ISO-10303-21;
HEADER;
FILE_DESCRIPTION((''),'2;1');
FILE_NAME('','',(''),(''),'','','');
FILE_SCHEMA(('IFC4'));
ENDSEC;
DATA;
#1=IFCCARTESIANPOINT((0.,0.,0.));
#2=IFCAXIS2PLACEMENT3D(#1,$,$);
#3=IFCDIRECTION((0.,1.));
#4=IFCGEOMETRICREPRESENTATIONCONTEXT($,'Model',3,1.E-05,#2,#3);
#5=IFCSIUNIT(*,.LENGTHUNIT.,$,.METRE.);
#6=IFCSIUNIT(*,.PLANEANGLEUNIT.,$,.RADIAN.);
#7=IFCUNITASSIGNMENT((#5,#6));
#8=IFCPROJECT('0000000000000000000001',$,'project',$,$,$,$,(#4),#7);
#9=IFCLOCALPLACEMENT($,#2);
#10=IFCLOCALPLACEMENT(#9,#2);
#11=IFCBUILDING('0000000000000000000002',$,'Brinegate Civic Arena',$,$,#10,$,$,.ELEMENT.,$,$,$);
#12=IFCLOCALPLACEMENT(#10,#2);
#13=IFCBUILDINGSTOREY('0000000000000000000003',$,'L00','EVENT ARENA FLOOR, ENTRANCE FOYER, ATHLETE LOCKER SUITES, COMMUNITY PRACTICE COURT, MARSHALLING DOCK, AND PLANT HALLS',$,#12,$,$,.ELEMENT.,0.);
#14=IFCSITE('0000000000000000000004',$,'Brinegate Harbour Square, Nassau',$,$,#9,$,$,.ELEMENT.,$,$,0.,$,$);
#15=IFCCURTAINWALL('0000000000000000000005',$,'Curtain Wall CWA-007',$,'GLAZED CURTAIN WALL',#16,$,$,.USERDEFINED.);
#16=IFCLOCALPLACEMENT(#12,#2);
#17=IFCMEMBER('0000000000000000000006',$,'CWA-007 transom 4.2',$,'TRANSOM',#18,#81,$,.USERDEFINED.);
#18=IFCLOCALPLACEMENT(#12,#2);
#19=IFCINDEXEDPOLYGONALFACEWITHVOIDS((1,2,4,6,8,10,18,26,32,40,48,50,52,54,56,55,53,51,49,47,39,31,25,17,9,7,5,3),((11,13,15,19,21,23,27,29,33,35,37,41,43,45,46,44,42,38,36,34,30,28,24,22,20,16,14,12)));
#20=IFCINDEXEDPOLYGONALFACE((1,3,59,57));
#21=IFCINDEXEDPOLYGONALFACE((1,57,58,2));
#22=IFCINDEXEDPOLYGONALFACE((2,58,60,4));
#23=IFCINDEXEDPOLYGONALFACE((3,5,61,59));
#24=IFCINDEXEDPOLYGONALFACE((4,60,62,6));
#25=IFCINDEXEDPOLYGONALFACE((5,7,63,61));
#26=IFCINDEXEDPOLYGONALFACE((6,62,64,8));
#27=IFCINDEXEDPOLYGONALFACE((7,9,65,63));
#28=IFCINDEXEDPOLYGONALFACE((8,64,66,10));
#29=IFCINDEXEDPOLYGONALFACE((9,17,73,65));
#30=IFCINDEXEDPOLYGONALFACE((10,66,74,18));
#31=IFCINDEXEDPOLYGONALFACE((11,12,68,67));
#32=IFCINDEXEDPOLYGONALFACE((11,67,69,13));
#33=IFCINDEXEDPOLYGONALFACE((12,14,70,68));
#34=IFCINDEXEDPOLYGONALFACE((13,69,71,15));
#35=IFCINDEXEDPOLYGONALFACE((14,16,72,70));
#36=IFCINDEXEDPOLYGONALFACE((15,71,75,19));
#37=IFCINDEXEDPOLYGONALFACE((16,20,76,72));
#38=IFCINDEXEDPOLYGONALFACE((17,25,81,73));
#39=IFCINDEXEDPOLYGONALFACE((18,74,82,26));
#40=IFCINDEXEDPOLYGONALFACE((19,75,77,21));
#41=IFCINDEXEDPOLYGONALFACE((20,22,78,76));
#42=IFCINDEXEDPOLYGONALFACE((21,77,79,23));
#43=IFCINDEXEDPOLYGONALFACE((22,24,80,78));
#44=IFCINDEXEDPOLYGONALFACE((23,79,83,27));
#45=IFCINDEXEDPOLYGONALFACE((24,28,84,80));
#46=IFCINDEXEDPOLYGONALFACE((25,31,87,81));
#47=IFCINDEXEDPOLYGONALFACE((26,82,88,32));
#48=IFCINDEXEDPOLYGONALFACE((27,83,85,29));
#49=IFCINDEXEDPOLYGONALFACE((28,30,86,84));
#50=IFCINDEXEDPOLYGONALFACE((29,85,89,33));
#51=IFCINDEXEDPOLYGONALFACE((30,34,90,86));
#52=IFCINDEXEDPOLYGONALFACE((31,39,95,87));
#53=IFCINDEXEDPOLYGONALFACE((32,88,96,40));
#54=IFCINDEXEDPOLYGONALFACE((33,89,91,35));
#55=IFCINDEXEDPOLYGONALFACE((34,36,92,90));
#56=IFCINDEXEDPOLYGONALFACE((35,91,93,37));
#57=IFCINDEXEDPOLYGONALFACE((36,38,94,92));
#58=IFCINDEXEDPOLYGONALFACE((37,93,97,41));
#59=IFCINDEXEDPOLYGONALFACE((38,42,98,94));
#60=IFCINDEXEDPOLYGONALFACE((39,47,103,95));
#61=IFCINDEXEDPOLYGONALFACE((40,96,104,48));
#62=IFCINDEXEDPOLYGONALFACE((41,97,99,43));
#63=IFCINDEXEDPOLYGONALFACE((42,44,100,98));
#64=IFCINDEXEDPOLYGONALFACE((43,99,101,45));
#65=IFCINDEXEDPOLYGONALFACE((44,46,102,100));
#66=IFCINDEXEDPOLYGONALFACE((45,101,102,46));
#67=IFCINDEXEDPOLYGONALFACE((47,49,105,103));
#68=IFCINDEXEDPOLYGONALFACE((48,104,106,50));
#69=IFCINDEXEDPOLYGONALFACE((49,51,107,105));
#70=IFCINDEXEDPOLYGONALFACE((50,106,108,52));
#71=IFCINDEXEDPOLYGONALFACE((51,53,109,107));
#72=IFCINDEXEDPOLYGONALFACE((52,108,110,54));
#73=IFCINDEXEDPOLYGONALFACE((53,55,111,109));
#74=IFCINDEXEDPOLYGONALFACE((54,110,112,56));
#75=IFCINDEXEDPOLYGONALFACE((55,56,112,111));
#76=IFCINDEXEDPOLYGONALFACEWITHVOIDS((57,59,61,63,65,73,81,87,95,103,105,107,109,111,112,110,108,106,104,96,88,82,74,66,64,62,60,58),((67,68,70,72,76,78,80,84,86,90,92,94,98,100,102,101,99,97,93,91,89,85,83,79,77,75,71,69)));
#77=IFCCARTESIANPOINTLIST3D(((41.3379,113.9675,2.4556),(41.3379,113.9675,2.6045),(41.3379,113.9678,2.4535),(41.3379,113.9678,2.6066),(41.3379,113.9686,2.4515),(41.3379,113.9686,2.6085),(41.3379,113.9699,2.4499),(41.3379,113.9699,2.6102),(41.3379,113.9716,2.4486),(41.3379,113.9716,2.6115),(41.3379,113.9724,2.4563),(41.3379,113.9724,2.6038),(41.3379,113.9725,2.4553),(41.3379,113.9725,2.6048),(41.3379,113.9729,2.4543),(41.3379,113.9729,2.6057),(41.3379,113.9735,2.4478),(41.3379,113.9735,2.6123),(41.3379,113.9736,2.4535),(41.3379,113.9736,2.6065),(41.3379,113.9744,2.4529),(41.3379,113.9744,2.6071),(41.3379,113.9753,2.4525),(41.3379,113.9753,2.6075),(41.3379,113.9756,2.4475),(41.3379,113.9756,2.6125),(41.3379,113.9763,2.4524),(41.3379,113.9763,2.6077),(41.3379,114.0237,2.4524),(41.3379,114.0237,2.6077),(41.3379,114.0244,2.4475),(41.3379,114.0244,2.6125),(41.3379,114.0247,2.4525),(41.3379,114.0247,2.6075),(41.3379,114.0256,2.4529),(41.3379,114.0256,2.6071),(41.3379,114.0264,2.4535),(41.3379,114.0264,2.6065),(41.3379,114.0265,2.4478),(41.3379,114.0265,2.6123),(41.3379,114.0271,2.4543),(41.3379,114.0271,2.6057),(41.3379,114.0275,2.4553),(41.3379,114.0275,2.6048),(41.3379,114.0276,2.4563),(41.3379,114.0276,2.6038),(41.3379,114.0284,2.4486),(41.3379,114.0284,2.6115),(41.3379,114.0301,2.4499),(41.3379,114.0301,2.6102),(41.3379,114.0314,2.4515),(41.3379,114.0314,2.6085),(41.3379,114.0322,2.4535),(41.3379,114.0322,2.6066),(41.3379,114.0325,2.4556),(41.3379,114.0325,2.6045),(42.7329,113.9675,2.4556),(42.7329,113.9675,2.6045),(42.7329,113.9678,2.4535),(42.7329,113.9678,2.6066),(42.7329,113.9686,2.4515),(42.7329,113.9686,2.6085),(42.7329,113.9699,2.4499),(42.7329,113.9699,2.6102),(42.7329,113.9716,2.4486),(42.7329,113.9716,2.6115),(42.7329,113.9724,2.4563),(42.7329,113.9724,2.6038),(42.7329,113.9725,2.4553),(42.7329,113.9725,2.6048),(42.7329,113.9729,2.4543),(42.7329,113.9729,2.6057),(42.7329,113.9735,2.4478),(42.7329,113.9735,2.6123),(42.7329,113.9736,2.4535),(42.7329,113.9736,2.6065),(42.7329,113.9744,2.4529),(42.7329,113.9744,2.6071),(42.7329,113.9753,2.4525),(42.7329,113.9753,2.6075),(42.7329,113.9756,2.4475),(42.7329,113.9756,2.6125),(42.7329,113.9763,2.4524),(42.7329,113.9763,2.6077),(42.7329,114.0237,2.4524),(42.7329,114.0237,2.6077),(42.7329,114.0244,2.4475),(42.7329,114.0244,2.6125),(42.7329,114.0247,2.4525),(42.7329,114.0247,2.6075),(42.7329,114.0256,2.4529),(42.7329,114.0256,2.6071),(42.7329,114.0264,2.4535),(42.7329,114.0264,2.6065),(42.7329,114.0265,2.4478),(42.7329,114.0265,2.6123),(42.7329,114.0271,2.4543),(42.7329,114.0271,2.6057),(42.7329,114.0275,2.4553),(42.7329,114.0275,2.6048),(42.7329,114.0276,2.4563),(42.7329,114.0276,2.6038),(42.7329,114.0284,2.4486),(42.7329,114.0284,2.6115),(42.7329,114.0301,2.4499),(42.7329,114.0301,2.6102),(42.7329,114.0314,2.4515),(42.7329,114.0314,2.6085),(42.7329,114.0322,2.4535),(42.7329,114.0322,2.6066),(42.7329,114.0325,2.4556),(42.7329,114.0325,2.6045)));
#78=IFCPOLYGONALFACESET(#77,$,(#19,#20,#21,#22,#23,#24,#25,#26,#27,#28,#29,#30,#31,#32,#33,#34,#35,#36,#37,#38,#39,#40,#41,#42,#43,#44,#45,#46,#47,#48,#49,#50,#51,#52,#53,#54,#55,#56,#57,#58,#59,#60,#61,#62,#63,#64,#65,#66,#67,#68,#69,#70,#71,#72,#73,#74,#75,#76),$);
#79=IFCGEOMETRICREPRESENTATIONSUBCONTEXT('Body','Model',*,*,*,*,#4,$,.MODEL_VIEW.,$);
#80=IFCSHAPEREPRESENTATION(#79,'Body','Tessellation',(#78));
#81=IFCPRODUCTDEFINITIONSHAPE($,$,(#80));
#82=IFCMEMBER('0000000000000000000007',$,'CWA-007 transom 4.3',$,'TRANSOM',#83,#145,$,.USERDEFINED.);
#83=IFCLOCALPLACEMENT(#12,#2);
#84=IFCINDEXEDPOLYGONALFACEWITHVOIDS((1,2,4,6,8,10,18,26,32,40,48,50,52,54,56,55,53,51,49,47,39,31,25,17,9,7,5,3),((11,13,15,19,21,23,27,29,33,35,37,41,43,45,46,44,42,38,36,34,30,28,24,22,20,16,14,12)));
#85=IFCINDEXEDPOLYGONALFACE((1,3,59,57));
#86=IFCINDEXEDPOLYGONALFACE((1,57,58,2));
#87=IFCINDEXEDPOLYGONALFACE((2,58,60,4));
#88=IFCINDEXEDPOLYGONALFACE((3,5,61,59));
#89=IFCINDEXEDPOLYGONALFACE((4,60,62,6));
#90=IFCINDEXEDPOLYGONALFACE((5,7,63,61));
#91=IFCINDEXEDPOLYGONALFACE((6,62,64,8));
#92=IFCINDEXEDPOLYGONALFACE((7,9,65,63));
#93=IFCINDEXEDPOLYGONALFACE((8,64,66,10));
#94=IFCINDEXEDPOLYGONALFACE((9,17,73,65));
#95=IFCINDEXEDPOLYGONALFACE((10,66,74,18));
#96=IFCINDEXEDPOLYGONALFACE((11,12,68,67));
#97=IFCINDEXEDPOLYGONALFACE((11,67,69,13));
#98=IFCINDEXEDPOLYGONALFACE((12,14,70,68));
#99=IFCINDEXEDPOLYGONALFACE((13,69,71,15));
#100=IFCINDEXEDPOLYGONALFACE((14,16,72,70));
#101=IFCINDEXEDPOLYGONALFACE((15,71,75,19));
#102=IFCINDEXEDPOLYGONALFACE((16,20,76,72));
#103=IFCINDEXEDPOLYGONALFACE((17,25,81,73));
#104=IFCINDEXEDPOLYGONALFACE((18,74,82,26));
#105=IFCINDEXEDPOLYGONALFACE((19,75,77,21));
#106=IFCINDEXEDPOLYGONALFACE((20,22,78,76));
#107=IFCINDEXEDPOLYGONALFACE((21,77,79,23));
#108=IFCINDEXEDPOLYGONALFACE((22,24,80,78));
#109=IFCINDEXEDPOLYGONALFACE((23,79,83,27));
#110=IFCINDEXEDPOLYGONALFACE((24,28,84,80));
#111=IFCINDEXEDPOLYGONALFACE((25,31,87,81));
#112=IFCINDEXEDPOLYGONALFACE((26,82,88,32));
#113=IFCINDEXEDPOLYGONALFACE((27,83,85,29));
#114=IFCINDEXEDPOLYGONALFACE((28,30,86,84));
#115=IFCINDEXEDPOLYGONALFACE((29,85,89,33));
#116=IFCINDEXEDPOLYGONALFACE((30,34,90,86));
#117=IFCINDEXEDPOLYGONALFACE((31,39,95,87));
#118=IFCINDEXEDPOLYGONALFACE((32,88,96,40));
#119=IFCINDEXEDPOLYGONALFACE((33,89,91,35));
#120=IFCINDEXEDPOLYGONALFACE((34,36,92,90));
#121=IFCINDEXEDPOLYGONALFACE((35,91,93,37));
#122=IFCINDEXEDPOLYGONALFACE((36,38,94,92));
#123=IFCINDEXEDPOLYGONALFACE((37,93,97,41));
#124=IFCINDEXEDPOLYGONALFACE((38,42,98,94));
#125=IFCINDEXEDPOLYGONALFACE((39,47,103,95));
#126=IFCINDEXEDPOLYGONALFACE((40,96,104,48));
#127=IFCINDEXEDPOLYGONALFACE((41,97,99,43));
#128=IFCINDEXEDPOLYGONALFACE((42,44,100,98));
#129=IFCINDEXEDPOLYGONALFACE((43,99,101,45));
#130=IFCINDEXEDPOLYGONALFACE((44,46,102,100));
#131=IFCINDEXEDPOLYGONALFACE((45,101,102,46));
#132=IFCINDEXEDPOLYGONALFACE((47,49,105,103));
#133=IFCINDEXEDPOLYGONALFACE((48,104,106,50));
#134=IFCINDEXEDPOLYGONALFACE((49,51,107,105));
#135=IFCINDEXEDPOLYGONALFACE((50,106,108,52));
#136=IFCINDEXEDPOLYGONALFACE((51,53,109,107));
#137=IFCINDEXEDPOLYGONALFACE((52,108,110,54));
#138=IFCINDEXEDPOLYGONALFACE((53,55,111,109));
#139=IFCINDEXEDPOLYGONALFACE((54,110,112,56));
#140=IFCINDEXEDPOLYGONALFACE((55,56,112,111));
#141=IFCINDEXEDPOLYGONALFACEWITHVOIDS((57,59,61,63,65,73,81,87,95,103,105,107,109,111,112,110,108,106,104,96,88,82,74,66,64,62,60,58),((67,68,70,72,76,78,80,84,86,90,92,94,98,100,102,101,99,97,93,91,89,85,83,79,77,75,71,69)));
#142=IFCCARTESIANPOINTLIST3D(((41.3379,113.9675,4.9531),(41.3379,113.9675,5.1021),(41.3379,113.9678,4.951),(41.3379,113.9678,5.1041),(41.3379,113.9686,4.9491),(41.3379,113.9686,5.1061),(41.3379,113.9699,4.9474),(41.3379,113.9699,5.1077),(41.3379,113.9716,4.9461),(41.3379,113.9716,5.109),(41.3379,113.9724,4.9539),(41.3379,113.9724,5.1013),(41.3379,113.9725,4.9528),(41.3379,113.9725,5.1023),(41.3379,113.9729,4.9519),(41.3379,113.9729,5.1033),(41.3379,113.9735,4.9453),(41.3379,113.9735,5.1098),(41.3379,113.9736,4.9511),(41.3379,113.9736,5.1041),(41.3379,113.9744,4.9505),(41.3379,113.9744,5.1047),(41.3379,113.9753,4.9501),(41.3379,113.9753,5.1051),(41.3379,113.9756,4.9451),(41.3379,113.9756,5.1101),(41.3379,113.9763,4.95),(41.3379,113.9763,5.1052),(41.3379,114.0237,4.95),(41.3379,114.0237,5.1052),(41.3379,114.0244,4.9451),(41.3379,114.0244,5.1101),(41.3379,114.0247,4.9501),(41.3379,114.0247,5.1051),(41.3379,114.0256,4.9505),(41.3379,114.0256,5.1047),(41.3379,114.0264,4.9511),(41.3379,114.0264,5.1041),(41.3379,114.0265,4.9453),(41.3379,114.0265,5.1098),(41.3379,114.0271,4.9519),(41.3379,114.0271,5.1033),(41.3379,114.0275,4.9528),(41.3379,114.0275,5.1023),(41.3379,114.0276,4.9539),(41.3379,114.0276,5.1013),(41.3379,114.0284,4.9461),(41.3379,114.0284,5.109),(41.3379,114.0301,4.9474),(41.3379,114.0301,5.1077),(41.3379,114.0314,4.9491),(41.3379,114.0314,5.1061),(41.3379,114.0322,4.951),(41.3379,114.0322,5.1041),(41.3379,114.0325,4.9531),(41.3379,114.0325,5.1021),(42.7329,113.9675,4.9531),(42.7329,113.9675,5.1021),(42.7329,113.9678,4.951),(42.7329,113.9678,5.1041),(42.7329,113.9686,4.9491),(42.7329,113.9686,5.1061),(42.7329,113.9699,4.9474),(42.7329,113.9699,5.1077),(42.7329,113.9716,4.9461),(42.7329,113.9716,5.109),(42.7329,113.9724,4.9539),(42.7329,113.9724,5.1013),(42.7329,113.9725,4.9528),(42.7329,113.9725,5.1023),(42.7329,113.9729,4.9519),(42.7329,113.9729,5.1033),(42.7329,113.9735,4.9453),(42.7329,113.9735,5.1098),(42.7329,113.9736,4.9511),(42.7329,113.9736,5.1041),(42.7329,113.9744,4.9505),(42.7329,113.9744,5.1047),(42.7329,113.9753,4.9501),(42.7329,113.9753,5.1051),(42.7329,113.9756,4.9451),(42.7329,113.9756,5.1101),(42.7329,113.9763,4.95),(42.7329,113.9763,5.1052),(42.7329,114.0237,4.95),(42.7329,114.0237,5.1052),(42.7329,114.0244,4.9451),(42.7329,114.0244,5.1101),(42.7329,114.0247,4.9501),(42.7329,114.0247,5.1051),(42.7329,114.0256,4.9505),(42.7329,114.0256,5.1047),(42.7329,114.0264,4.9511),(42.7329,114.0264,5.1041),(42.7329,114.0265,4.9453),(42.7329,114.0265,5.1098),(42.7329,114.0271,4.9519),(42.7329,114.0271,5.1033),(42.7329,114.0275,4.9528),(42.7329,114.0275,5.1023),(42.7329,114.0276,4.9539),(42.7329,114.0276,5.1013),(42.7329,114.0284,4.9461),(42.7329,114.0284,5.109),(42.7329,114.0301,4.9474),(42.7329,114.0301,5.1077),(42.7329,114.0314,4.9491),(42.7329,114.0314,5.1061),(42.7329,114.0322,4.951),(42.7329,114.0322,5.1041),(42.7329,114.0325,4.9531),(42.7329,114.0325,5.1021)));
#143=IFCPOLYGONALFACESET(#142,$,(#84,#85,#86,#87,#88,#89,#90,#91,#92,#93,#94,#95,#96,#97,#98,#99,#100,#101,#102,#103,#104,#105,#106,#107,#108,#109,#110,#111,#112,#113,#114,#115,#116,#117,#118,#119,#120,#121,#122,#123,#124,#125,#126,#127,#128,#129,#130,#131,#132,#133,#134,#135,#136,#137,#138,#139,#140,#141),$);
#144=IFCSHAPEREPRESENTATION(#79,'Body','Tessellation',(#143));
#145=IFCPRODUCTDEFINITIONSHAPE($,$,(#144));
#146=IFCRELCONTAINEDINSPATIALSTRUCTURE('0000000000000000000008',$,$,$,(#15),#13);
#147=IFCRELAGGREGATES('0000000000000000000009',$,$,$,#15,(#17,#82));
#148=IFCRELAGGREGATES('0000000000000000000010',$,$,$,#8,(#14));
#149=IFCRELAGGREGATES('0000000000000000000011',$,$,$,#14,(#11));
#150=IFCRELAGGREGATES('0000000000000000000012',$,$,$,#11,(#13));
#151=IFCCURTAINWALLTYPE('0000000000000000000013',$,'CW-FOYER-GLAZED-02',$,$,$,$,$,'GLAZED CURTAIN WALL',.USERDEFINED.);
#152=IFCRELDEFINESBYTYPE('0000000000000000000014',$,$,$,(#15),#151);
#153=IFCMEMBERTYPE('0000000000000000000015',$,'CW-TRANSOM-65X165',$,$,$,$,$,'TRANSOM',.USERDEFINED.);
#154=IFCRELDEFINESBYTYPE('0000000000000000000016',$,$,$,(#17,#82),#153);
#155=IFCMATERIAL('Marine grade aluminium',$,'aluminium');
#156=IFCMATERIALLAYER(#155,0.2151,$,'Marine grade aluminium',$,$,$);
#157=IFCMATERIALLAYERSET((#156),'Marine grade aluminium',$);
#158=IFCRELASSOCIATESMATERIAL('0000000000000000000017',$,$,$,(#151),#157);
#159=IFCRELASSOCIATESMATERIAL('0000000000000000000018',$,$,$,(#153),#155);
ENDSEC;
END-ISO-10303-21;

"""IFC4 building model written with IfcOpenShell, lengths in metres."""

from ifc_helpers import new_model, si_unit, direction, frame, origin, origin_2d, place, context, subcontext, project, spatial, hollow_rectangle, extrude, material, layer, layer_set, material_profile, profile_set, type_object, element, aggregate, save


model = new_model("IFC4")

# Units and contexts
model_context = context("Model", 3, precision=1e-05, world=origin(), true_north=direction((0.0, 1.0)))
body_context = subcontext(model_context, "Body", "Model", "MODEL_VIEW")
ifc_project = project(units=[si_unit("LENGTHUNIT", "METRE"), si_unit("PLANEANGLEUNIT", "RADIAN")], contexts=[model_context])

# Site, building, storey
site_placement = place(None, origin())
site = spatial("IfcSite", under=ifc_project, at=site_placement, Name="Brinegate Harbour Square, Nassau", CompositionType="ELEMENT", RefElevation=0.0)
building_placement = place(site_placement, origin())
building = spatial("IfcBuilding", under=site, at=building_placement, Name="Brinegate Civic Arena", CompositionType="ELEMENT")
storey_placement = place(building_placement, origin())
storey = spatial("IfcBuildingStorey", under=building, at=storey_placement, Name="L00", Description="EVENT ARENA FLOOR, ENTRANCE FOYER, ATHLETE LOCKER SUITES, COMMUNITY PRACTICE COURT, MARSHALLING DOCK, AND PLANT HALLS", CompositionType="ELEMENT", Elevation=0.0)

# Curtain wall, members
ifc_material_1 = material(Name="Marine grade aluminium", Category="aluminium")
ifc_layer_1 = layer(ifc_material_1, 0.2151, Name="Marine grade aluminium")
ifc_layer_set_1 = layer_set([ifc_layer_1], Name="Marine grade aluminium")
curtain_wall_type = type_object("IfcCurtainWallType", Name="CW-FOYER-GLAZED-02", ElementType="GLAZED CURTAIN WALL", PredefinedType="USERDEFINED", material=ifc_layer_set_1)
curtain_wall_placement = place(storey_placement, origin())
curtain_wall = element("IfcCurtainWall", 1, at=curtain_wall_placement, inside=storey, type_object=curtain_wall_type, Name="Curtain Wall CWA-007", ObjectType="GLAZED CURTAIN WALL", PredefinedType="USERDEFINED")
ifc_material_profile_1 = material_profile(ifc_material_1, hollow_rectangle(XDim=0.0649, YDim=0.165, WallThickness=0.0049, InnerFilletRadius=0.0039, OuterFilletRadius=0.0081, at=origin_2d()), Name="TRN65X165")
ifc_profile_set_1 = profile_set([ifc_material_profile_1], Name="Marine grade aluminium")
member_type_1 = type_object("IfcMemberType", Name="CW-TRANSOM-65X165", ElementType="TRANSOM", PredefinedType="USERDEFINED", material=ifc_profile_set_1)
member_1_placement = place(storey_placement, frame((41.3379, 114.0, 2.53), z_axis=(1.0, 0.0, 0.0), x_axis=(0.0, 1.0, 0.0)))
member_1 = element("IfcMember", 2, at=member_1_placement, type_object=member_type_1, Name="CWA-007 transom 4.2", ObjectType="TRANSOM", PredefinedType="USERDEFINED", context=body_context, shape_type="SweptSolid", body=[
    extrude(hollow_rectangle(XDim=0.0649, YDim=0.165, WallThickness=0.0049, InnerFilletRadius=0.0039, OuterFilletRadius=0.0081, at=origin_2d()), origin(), (0.0, 0.0, 1.0), 1.395),
])
member_2_placement = place(storey_placement, frame((41.3379, 114.0, 5.0276), z_axis=(1.0, 0.0, 0.0), x_axis=(0.0, 1.0, 0.0)))
member_2 = element("IfcMember", 3, at=member_2_placement, type_object=member_type_1, Name="CWA-007 transom 4.3", ObjectType="TRANSOM", PredefinedType="USERDEFINED", context=body_context, shape_type="SweptSolid", body=[
    extrude(hollow_rectangle(XDim=0.0649, YDim=0.165, WallThickness=0.0049, InnerFilletRadius=0.0039, OuterFilletRadius=0.0081, at=origin_2d()), origin(), (0.0, 0.0, 1.0), 1.395),
])
aggregate(curtain_wall, [member_1, member_2])

save(model, "model.ifc")
